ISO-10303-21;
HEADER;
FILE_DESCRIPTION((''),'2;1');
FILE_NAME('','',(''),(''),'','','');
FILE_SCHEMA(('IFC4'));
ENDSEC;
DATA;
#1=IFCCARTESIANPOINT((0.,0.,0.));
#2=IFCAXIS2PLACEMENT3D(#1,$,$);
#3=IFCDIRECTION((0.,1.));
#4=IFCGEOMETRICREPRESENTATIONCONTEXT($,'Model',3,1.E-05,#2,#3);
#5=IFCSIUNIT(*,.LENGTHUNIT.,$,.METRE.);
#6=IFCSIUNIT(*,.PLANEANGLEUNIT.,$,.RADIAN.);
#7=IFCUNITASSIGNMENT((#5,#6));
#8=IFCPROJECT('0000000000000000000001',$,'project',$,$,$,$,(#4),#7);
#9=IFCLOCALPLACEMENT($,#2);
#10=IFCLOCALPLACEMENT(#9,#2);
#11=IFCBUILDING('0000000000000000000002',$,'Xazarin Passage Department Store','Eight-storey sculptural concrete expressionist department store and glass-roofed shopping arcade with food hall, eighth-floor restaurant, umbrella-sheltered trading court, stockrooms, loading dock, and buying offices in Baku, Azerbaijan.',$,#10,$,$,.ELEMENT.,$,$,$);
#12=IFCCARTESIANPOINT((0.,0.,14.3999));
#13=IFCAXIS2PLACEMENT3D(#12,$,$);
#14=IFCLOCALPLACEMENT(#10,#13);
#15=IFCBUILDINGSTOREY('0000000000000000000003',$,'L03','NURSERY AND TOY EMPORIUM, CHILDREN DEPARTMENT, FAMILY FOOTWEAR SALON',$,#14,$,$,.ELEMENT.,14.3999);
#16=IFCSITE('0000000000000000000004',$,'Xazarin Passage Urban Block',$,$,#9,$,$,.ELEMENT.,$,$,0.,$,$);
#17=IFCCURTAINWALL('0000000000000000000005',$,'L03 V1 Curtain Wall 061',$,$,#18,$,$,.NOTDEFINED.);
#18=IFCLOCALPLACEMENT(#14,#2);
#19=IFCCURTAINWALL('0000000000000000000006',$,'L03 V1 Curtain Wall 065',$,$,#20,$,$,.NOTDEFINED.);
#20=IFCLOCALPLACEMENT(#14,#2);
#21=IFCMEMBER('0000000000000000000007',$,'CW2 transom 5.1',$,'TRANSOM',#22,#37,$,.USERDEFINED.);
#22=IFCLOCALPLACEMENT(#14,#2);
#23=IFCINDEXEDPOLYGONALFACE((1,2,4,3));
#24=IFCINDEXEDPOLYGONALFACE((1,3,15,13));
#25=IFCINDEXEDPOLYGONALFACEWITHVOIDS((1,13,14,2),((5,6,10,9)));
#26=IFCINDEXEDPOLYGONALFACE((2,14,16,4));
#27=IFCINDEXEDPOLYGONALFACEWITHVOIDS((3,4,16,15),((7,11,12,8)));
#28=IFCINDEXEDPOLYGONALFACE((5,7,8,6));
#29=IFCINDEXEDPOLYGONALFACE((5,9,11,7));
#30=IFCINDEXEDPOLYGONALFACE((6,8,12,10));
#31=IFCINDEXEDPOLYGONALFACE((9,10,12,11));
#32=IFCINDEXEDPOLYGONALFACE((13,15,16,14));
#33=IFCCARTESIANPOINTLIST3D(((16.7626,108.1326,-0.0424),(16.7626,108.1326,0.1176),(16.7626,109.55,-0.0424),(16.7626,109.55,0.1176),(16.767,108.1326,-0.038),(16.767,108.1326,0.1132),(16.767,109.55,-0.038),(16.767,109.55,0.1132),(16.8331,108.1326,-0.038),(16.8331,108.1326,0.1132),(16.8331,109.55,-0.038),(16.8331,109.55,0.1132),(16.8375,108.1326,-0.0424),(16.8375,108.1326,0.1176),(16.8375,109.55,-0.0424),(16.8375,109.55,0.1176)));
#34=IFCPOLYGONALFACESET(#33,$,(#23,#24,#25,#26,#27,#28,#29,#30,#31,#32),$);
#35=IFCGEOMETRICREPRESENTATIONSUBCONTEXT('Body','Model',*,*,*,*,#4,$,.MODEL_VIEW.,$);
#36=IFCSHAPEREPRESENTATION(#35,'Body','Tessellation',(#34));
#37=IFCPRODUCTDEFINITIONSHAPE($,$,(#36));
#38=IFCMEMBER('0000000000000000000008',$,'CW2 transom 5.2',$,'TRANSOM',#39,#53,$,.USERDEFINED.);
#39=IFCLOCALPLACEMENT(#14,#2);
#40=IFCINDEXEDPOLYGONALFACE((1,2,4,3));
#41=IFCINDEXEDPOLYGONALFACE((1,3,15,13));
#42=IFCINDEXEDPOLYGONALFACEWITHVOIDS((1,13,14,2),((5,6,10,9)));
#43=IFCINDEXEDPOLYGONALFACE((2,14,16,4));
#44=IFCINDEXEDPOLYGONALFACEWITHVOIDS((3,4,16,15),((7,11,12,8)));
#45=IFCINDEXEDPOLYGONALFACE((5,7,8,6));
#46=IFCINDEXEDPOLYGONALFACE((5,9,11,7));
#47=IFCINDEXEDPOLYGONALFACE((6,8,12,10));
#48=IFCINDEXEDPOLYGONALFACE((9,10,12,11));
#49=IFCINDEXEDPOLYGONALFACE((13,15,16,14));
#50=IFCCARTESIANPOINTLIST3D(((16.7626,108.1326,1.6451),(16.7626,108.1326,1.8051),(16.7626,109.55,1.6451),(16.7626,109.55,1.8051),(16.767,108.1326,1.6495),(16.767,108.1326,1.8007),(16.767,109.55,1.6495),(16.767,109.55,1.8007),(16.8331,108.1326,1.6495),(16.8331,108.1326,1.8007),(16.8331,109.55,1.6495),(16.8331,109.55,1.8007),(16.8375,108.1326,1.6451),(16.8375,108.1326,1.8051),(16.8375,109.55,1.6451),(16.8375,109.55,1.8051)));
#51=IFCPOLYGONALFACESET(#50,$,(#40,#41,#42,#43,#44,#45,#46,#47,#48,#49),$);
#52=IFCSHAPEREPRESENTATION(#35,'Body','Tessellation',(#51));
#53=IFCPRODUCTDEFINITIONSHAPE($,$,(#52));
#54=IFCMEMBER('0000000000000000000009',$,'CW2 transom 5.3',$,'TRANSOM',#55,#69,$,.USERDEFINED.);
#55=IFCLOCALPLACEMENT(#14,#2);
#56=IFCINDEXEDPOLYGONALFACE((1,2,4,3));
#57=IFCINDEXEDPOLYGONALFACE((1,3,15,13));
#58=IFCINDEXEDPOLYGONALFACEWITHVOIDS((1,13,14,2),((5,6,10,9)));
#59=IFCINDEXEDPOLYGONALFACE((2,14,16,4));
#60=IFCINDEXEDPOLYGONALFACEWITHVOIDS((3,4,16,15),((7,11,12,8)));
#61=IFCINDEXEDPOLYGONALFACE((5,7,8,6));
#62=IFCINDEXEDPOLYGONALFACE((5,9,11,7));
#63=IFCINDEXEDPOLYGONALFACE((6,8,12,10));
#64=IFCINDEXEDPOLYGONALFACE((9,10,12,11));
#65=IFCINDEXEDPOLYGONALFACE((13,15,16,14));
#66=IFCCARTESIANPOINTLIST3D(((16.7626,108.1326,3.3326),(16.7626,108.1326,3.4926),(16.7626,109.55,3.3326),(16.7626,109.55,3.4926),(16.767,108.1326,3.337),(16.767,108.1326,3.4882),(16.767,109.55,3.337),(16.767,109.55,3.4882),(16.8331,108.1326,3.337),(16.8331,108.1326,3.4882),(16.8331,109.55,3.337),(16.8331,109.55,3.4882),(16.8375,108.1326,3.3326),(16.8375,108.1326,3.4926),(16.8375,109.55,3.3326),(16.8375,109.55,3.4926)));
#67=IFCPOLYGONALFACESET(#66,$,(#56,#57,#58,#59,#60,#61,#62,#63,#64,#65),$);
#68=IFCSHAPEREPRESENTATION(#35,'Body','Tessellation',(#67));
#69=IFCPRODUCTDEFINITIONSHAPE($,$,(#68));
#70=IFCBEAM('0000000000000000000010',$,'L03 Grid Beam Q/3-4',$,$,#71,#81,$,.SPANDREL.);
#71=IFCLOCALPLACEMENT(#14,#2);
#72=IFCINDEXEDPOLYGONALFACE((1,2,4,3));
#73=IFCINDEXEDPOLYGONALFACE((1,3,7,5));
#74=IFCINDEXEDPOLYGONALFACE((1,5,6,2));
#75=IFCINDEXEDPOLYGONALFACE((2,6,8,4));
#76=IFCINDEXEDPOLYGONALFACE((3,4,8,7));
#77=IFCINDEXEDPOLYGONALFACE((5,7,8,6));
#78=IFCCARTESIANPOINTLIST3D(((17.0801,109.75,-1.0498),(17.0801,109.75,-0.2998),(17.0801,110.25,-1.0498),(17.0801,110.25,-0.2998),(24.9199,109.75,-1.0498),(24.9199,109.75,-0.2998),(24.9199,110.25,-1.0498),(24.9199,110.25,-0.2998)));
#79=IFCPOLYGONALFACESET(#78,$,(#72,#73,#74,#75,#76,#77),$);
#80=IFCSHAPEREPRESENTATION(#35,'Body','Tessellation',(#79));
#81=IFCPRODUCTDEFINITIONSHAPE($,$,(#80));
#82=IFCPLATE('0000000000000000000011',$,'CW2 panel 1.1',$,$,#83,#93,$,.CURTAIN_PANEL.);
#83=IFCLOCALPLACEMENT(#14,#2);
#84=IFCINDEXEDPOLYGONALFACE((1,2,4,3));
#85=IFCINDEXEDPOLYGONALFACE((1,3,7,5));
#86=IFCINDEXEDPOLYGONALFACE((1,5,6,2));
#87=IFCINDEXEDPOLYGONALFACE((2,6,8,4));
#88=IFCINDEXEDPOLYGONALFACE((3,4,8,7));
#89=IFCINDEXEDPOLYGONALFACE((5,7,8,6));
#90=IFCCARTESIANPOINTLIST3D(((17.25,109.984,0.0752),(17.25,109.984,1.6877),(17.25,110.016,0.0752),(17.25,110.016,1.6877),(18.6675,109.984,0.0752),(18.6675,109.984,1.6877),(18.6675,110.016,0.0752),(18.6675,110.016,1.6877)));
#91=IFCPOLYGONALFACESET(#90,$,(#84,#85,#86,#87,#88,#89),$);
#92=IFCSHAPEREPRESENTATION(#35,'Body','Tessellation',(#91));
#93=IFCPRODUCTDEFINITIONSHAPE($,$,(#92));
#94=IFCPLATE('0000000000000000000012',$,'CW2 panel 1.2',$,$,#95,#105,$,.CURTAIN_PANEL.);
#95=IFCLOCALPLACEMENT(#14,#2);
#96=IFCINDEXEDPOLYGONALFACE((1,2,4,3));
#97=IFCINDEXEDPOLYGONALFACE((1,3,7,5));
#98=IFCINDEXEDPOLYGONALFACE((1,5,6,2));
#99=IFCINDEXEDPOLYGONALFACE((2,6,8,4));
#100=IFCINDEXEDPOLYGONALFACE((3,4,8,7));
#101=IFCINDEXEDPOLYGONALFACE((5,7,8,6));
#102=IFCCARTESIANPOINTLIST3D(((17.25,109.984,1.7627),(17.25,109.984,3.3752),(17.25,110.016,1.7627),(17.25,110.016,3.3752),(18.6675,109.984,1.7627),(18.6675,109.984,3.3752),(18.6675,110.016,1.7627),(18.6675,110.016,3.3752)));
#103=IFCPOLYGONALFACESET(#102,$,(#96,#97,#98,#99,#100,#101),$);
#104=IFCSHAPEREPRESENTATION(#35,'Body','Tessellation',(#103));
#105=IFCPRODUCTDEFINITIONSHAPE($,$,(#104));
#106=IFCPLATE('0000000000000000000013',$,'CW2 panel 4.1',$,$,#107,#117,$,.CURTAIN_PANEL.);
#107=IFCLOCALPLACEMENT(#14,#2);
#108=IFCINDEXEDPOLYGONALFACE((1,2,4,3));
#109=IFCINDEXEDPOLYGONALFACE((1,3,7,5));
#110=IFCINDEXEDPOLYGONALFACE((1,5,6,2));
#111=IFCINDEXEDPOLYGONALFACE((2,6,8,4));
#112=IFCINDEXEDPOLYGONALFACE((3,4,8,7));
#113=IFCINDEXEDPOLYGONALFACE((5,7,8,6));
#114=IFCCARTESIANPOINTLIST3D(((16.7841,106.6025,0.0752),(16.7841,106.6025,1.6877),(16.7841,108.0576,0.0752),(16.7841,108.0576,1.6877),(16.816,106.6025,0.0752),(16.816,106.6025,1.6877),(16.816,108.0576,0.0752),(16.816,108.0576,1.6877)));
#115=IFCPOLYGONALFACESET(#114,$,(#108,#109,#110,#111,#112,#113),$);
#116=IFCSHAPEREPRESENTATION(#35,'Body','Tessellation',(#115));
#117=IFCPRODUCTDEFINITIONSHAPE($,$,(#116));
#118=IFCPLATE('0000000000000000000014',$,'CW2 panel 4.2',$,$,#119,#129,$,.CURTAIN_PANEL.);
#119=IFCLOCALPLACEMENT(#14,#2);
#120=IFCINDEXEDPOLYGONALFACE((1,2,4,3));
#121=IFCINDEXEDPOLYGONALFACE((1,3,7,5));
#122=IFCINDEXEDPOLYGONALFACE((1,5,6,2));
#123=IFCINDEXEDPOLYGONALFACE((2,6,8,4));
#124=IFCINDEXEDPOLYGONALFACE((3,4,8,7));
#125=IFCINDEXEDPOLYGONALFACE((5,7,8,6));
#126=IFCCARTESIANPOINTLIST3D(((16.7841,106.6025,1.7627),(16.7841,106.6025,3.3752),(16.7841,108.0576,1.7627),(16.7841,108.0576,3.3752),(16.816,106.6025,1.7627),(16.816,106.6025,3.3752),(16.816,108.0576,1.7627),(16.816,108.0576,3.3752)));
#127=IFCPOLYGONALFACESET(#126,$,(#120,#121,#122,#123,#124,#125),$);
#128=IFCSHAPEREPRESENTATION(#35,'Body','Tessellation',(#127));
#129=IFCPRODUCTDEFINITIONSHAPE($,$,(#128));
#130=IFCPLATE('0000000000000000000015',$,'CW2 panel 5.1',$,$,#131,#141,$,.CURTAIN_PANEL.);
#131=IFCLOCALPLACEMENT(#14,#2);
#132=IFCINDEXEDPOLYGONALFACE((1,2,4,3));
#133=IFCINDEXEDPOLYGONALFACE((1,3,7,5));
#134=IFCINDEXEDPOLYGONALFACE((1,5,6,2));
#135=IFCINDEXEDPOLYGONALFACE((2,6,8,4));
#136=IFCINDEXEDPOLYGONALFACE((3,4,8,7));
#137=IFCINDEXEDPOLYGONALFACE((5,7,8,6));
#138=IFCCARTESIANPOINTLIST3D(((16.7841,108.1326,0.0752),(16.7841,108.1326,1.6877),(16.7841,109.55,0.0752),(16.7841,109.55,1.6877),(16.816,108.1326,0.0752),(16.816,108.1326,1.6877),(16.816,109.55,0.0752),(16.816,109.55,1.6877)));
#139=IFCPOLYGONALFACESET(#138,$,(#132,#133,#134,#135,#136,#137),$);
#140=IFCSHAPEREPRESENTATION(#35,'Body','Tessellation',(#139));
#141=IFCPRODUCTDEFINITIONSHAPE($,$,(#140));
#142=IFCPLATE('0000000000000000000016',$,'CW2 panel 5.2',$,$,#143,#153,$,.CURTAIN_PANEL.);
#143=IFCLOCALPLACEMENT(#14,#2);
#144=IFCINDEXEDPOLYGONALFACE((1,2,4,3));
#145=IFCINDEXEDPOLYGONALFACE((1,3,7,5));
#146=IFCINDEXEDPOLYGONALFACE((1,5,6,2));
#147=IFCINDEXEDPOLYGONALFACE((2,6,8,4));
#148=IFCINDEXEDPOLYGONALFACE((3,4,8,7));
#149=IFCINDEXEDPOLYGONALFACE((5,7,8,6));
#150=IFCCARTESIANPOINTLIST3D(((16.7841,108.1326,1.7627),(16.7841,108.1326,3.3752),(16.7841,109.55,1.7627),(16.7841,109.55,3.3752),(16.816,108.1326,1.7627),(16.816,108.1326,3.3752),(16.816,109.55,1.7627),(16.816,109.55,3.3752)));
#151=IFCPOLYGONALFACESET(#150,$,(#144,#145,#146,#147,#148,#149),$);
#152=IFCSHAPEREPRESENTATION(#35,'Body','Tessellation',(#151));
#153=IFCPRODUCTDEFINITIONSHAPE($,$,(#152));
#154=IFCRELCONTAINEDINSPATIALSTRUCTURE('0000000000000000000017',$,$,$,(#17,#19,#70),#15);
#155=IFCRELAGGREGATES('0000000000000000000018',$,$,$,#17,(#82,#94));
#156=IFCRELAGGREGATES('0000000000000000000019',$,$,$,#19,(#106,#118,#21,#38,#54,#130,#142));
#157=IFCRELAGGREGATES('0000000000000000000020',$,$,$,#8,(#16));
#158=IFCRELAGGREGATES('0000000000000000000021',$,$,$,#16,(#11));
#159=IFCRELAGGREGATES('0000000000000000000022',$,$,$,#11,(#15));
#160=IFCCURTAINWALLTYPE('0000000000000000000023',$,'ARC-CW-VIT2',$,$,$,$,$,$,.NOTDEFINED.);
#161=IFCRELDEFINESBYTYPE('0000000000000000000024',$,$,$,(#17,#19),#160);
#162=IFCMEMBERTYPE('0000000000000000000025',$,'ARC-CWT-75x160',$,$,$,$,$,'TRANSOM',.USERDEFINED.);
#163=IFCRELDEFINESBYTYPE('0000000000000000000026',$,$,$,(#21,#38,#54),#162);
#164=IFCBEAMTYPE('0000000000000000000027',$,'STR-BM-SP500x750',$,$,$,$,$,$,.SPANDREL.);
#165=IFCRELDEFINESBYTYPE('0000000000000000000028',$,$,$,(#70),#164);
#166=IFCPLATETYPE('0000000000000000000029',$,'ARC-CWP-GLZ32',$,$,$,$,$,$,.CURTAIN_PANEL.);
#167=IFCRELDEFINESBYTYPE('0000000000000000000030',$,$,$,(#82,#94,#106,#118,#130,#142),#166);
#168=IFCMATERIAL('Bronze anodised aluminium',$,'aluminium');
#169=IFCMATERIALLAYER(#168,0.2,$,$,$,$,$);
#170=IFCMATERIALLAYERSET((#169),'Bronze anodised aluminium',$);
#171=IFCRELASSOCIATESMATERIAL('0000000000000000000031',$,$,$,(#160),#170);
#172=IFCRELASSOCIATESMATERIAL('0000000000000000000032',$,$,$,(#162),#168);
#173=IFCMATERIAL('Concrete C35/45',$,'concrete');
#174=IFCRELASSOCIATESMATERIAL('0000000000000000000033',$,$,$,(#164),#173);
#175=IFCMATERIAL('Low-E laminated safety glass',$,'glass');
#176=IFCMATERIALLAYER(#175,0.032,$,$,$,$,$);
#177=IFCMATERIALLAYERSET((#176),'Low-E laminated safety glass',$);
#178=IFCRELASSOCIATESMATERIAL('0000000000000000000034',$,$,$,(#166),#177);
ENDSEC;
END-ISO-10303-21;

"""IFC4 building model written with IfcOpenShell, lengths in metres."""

from ifc_helpers import new_model, si_unit, direction, frame, origin, origin_2d, place, context, subcontext, project, spatial, rectangle, hollow_rectangle, extrude, material, layer, layer_set, material_profile, profile_set, type_object, element, aggregate, save


model = new_model("IFC4")

# Units and contexts
model_context = context("Model", 3, precision=1e-05, world=origin(), true_north=direction((0.0, 1.0)))
body_context = subcontext(model_context, "Body", "Model", "MODEL_VIEW")
ifc_project = project(units=[si_unit("LENGTHUNIT", "METRE"), si_unit("PLANEANGLEUNIT", "RADIAN")], contexts=[model_context])

# Site, building, storey
site_placement = place(None, origin())
site = spatial("IfcSite", under=ifc_project, at=site_placement, Name="Xazarin Passage Urban Block", CompositionType="ELEMENT", RefElevation=0.0)
building_placement = place(site_placement, origin())
building = spatial("IfcBuilding", under=site, at=building_placement, Name="Xazarin Passage Department Store", Description="Eight-storey sculptural concrete expressionist department store and glass-roofed shopping arcade with food hall, eighth-floor restaurant, umbrella-sheltered trading court, stockrooms, loading dock, and buying offices in Baku, Azerbaijan.", CompositionType="ELEMENT")
storey_placement = place(building_placement, frame((0.0, 0.0, 14.3999)))
storey = spatial("IfcBuildingStorey", under=building, at=storey_placement, Name="L03", Description="NURSERY AND TOY EMPORIUM, CHILDREN DEPARTMENT, FAMILY FOOTWEAR SALON", CompositionType="ELEMENT", Elevation=14.3999)

# Curtain wall
ifc_material_1 = material(Name="Bronze anodised aluminium", Category="aluminium")
ifc_layer_1 = layer(ifc_material_1, 0.2)
ifc_layer_set_1 = layer_set([ifc_layer_1], Name="Bronze anodised aluminium")
curtain_wall_type = type_object("IfcCurtainWallType", Name="ARC-CW-VIT2", PredefinedType="NOTDEFINED", material=ifc_layer_set_1)
curtain_wall_1_placement = place(storey_placement, origin())
curtain_wall_1 = element("IfcCurtainWall", 1, at=curtain_wall_1_placement, inside=storey, type_object=curtain_wall_type, Name="L03 V1 Curtain Wall 061", PredefinedType="NOTDEFINED")

# Curtain wall
curtain_wall_2_placement = place(storey_placement, origin())
curtain_wall_2 = element("IfcCurtainWall", 2, at=curtain_wall_2_placement, inside=storey, type_object=curtain_wall_type, Name="L03 V1 Curtain Wall 065", PredefinedType="NOTDEFINED")

# Members
ifc_material_profile_1 = material_profile(ifc_material_1, hollow_rectangle(XDim=0.075, YDim=0.1599, WallThickness=0.0044, at=origin_2d()), Name="ALU 75x160")
ifc_profile_set_1 = profile_set([ifc_material_profile_1], Name="Bronze anodised aluminium")
member_type_1 = type_object("IfcMemberType", Name="ARC-CWT-75x160", ElementType="TRANSOM", PredefinedType="USERDEFINED", material=ifc_profile_set_1)
member_1_placement = place(storey_placement, frame((16.8, 108.1326, 0.0376), z_axis=(0.0, 1.0, 0.0), x_axis=(-1.0, 0.0, 0.0)))
member_1 = element("IfcMember", 3, at=member_1_placement, type_object=member_type_1, Name="CW2 transom 5.1", ObjectType="TRANSOM", PredefinedType="USERDEFINED", context=body_context, shape_type="SweptSolid", body=[
    extrude(hollow_rectangle(XDim=0.075, YDim=0.1599, WallThickness=0.0044, at=origin_2d()), origin(), (0.0, 0.0, 1.0), 1.4175),
])
member_2_placement = place(storey_placement, frame((16.8, 108.1326, 1.7251), z_axis=(0.0, 1.0, 0.0), x_axis=(-1.0, 0.0, 0.0)))
member_2 = element("IfcMember", 4, at=member_2_placement, type_object=member_type_1, Name="CW2 transom 5.2", ObjectType="TRANSOM", PredefinedType="USERDEFINED", context=body_context, shape_type="SweptSolid", body=[
    extrude(hollow_rectangle(XDim=0.075, YDim=0.1599, WallThickness=0.0044, at=origin_2d()), origin(), (0.0, 0.0, 1.0), 1.4175),
])
member_3_placement = place(storey_placement, frame((16.8, 108.1326, 3.4126), z_axis=(0.0, 1.0, 0.0), x_axis=(-1.0, 0.0, 0.0)))
member_3 = element("IfcMember", 5, at=member_3_placement, type_object=member_type_1, Name="CW2 transom 5.3", ObjectType="TRANSOM", PredefinedType="USERDEFINED", context=body_context, shape_type="SweptSolid", body=[
    extrude(hollow_rectangle(XDim=0.075, YDim=0.1599, WallThickness=0.0044, at=origin_2d()), origin(), (0.0, 0.0, 1.0), 1.4175),
])

# Beam
ifc_material_2 = material(Name="Concrete C35/45", Category="concrete")
ifc_material_profile_2 = material_profile(ifc_material_2, rectangle(XDim=0.5, YDim=0.75, at=origin_2d()), Name="RC 500x750")
ifc_profile_set_2 = profile_set([ifc_material_profile_2], Name="Concrete C35/45")
beam_type = type_object("IfcBeamType", Name="STR-BM-SP500x750", PredefinedType="SPANDREL", material=ifc_profile_set_2)
beam_placement = place(storey_placement, frame((17.0801, 110.0, -0.6748), z_axis=(1.0, 0.0, 0.0), x_axis=(0.0, 1.0, 0.0)))
element("IfcBeam", 6, at=beam_placement, inside=storey, type_object=beam_type, Name="L03 Grid Beam Q/3-4", PredefinedType="SPANDREL", context=body_context, shape_type="SweptSolid", body=[
    extrude(rectangle(XDim=0.5, YDim=0.75, at=origin_2d()), origin(), (0.0, 0.0, 1.0), 7.8398),
])

# Plates
ifc_material_3 = material(Name="Low-E laminated safety glass", Category="glass")
ifc_layer_2 = layer(ifc_material_3, 0.032)
ifc_layer_set_2 = layer_set([ifc_layer_2], Name="Low-E laminated safety glass")
plate_type = type_object("IfcPlateType", Name="ARC-CWP-GLZ32", PredefinedType="CURTAIN_PANEL", material=ifc_layer_set_2)
plate_1_placement = place(storey_placement, frame((17.9587, 110.0, 0.0752), z_axis=(0.0, 0.0, 1.0), x_axis=(1.0, 0.0, 0.0)))
plate_1 = element("IfcPlate", 7, at=plate_1_placement, type_object=plate_type, Name="CW2 panel 1.1", PredefinedType="CURTAIN_PANEL", context=body_context, shape_type="SweptSolid", body=[
    extrude(rectangle(XDim=1.4175, YDim=0.032, at=origin_2d()), origin(), (0.0, 0.0, 1.0), 1.6125),
])
plate_2_placement = place(storey_placement, frame((17.9587, 110.0, 1.7627), z_axis=(0.0, 0.0, 1.0), x_axis=(1.0, 0.0, 0.0)))
plate_2 = element("IfcPlate", 8, at=plate_2_placement, type_object=plate_type, Name="CW2 panel 1.2", PredefinedType="CURTAIN_PANEL", context=body_context, shape_type="SweptSolid", body=[
    extrude(rectangle(XDim=1.4175, YDim=0.032, at=origin_2d()), origin(), (0.0, 0.0, 1.0), 1.6125),
])
aggregate(curtain_wall_1, [plate_1, plate_2])
plate_3_placement = place(storey_placement, frame((16.8, 107.3301, 0.0752), z_axis=(0.0, 0.0, 1.0), x_axis=(0.0, 1.0, 0.0)))
plate_3 = element("IfcPlate", 9, at=plate_3_placement, type_object=plate_type, Name="CW2 panel 4.1", PredefinedType="CURTAIN_PANEL", context=body_context, shape_type="SweptSolid", body=[
    extrude(rectangle(XDim=1.4551, YDim=0.032, at=origin_2d()), origin(), (0.0, 0.0, 1.0), 1.6125),
])
plate_4_placement = place(storey_placement, frame((16.8, 107.3301, 1.7627), z_axis=(0.0, 0.0, 1.0), x_axis=(0.0, 1.0, 0.0)))
plate_4 = element("IfcPlate", 10, at=plate_4_placement, type_object=plate_type, Name="CW2 panel 4.2", PredefinedType="CURTAIN_PANEL", context=body_context, shape_type="SweptSolid", body=[
    extrude(rectangle(XDim=1.4551, YDim=0.032, at=origin_2d()), origin(), (0.0, 0.0, 1.0), 1.6125),
])
plate_5_placement = place(storey_placement, frame((16.8, 108.8413, 0.0752), z_axis=(0.0, 0.0, 1.0), x_axis=(0.0, 1.0, 0.0)))
plate_5 = element("IfcPlate", 11, at=plate_5_placement, type_object=plate_type, Name="CW2 panel 5.1", PredefinedType="CURTAIN_PANEL", context=body_context, shape_type="SweptSolid", body=[
    extrude(rectangle(XDim=1.4175, YDim=0.032, at=origin_2d()), origin(), (0.0, 0.0, 1.0), 1.6125),
])
plate_6_placement = place(storey_placement, frame((16.8, 108.8413, 1.7627), z_axis=(0.0, 0.0, 1.0), x_axis=(0.0, 1.0, 0.0)))
plate_6 = element("IfcPlate", 12, at=plate_6_placement, type_object=plate_type, Name="CW2 panel 5.2", PredefinedType="CURTAIN_PANEL", context=body_context, shape_type="SweptSolid", body=[
    extrude(rectangle(XDim=1.4175, YDim=0.032, at=origin_2d()), origin(), (0.0, 0.0, 1.0), 1.6125),
])
aggregate(curtain_wall_2, [plate_3, plate_4, member_1, member_2, member_3, plate_5, plate_6])

save(model, "model.ifc")
